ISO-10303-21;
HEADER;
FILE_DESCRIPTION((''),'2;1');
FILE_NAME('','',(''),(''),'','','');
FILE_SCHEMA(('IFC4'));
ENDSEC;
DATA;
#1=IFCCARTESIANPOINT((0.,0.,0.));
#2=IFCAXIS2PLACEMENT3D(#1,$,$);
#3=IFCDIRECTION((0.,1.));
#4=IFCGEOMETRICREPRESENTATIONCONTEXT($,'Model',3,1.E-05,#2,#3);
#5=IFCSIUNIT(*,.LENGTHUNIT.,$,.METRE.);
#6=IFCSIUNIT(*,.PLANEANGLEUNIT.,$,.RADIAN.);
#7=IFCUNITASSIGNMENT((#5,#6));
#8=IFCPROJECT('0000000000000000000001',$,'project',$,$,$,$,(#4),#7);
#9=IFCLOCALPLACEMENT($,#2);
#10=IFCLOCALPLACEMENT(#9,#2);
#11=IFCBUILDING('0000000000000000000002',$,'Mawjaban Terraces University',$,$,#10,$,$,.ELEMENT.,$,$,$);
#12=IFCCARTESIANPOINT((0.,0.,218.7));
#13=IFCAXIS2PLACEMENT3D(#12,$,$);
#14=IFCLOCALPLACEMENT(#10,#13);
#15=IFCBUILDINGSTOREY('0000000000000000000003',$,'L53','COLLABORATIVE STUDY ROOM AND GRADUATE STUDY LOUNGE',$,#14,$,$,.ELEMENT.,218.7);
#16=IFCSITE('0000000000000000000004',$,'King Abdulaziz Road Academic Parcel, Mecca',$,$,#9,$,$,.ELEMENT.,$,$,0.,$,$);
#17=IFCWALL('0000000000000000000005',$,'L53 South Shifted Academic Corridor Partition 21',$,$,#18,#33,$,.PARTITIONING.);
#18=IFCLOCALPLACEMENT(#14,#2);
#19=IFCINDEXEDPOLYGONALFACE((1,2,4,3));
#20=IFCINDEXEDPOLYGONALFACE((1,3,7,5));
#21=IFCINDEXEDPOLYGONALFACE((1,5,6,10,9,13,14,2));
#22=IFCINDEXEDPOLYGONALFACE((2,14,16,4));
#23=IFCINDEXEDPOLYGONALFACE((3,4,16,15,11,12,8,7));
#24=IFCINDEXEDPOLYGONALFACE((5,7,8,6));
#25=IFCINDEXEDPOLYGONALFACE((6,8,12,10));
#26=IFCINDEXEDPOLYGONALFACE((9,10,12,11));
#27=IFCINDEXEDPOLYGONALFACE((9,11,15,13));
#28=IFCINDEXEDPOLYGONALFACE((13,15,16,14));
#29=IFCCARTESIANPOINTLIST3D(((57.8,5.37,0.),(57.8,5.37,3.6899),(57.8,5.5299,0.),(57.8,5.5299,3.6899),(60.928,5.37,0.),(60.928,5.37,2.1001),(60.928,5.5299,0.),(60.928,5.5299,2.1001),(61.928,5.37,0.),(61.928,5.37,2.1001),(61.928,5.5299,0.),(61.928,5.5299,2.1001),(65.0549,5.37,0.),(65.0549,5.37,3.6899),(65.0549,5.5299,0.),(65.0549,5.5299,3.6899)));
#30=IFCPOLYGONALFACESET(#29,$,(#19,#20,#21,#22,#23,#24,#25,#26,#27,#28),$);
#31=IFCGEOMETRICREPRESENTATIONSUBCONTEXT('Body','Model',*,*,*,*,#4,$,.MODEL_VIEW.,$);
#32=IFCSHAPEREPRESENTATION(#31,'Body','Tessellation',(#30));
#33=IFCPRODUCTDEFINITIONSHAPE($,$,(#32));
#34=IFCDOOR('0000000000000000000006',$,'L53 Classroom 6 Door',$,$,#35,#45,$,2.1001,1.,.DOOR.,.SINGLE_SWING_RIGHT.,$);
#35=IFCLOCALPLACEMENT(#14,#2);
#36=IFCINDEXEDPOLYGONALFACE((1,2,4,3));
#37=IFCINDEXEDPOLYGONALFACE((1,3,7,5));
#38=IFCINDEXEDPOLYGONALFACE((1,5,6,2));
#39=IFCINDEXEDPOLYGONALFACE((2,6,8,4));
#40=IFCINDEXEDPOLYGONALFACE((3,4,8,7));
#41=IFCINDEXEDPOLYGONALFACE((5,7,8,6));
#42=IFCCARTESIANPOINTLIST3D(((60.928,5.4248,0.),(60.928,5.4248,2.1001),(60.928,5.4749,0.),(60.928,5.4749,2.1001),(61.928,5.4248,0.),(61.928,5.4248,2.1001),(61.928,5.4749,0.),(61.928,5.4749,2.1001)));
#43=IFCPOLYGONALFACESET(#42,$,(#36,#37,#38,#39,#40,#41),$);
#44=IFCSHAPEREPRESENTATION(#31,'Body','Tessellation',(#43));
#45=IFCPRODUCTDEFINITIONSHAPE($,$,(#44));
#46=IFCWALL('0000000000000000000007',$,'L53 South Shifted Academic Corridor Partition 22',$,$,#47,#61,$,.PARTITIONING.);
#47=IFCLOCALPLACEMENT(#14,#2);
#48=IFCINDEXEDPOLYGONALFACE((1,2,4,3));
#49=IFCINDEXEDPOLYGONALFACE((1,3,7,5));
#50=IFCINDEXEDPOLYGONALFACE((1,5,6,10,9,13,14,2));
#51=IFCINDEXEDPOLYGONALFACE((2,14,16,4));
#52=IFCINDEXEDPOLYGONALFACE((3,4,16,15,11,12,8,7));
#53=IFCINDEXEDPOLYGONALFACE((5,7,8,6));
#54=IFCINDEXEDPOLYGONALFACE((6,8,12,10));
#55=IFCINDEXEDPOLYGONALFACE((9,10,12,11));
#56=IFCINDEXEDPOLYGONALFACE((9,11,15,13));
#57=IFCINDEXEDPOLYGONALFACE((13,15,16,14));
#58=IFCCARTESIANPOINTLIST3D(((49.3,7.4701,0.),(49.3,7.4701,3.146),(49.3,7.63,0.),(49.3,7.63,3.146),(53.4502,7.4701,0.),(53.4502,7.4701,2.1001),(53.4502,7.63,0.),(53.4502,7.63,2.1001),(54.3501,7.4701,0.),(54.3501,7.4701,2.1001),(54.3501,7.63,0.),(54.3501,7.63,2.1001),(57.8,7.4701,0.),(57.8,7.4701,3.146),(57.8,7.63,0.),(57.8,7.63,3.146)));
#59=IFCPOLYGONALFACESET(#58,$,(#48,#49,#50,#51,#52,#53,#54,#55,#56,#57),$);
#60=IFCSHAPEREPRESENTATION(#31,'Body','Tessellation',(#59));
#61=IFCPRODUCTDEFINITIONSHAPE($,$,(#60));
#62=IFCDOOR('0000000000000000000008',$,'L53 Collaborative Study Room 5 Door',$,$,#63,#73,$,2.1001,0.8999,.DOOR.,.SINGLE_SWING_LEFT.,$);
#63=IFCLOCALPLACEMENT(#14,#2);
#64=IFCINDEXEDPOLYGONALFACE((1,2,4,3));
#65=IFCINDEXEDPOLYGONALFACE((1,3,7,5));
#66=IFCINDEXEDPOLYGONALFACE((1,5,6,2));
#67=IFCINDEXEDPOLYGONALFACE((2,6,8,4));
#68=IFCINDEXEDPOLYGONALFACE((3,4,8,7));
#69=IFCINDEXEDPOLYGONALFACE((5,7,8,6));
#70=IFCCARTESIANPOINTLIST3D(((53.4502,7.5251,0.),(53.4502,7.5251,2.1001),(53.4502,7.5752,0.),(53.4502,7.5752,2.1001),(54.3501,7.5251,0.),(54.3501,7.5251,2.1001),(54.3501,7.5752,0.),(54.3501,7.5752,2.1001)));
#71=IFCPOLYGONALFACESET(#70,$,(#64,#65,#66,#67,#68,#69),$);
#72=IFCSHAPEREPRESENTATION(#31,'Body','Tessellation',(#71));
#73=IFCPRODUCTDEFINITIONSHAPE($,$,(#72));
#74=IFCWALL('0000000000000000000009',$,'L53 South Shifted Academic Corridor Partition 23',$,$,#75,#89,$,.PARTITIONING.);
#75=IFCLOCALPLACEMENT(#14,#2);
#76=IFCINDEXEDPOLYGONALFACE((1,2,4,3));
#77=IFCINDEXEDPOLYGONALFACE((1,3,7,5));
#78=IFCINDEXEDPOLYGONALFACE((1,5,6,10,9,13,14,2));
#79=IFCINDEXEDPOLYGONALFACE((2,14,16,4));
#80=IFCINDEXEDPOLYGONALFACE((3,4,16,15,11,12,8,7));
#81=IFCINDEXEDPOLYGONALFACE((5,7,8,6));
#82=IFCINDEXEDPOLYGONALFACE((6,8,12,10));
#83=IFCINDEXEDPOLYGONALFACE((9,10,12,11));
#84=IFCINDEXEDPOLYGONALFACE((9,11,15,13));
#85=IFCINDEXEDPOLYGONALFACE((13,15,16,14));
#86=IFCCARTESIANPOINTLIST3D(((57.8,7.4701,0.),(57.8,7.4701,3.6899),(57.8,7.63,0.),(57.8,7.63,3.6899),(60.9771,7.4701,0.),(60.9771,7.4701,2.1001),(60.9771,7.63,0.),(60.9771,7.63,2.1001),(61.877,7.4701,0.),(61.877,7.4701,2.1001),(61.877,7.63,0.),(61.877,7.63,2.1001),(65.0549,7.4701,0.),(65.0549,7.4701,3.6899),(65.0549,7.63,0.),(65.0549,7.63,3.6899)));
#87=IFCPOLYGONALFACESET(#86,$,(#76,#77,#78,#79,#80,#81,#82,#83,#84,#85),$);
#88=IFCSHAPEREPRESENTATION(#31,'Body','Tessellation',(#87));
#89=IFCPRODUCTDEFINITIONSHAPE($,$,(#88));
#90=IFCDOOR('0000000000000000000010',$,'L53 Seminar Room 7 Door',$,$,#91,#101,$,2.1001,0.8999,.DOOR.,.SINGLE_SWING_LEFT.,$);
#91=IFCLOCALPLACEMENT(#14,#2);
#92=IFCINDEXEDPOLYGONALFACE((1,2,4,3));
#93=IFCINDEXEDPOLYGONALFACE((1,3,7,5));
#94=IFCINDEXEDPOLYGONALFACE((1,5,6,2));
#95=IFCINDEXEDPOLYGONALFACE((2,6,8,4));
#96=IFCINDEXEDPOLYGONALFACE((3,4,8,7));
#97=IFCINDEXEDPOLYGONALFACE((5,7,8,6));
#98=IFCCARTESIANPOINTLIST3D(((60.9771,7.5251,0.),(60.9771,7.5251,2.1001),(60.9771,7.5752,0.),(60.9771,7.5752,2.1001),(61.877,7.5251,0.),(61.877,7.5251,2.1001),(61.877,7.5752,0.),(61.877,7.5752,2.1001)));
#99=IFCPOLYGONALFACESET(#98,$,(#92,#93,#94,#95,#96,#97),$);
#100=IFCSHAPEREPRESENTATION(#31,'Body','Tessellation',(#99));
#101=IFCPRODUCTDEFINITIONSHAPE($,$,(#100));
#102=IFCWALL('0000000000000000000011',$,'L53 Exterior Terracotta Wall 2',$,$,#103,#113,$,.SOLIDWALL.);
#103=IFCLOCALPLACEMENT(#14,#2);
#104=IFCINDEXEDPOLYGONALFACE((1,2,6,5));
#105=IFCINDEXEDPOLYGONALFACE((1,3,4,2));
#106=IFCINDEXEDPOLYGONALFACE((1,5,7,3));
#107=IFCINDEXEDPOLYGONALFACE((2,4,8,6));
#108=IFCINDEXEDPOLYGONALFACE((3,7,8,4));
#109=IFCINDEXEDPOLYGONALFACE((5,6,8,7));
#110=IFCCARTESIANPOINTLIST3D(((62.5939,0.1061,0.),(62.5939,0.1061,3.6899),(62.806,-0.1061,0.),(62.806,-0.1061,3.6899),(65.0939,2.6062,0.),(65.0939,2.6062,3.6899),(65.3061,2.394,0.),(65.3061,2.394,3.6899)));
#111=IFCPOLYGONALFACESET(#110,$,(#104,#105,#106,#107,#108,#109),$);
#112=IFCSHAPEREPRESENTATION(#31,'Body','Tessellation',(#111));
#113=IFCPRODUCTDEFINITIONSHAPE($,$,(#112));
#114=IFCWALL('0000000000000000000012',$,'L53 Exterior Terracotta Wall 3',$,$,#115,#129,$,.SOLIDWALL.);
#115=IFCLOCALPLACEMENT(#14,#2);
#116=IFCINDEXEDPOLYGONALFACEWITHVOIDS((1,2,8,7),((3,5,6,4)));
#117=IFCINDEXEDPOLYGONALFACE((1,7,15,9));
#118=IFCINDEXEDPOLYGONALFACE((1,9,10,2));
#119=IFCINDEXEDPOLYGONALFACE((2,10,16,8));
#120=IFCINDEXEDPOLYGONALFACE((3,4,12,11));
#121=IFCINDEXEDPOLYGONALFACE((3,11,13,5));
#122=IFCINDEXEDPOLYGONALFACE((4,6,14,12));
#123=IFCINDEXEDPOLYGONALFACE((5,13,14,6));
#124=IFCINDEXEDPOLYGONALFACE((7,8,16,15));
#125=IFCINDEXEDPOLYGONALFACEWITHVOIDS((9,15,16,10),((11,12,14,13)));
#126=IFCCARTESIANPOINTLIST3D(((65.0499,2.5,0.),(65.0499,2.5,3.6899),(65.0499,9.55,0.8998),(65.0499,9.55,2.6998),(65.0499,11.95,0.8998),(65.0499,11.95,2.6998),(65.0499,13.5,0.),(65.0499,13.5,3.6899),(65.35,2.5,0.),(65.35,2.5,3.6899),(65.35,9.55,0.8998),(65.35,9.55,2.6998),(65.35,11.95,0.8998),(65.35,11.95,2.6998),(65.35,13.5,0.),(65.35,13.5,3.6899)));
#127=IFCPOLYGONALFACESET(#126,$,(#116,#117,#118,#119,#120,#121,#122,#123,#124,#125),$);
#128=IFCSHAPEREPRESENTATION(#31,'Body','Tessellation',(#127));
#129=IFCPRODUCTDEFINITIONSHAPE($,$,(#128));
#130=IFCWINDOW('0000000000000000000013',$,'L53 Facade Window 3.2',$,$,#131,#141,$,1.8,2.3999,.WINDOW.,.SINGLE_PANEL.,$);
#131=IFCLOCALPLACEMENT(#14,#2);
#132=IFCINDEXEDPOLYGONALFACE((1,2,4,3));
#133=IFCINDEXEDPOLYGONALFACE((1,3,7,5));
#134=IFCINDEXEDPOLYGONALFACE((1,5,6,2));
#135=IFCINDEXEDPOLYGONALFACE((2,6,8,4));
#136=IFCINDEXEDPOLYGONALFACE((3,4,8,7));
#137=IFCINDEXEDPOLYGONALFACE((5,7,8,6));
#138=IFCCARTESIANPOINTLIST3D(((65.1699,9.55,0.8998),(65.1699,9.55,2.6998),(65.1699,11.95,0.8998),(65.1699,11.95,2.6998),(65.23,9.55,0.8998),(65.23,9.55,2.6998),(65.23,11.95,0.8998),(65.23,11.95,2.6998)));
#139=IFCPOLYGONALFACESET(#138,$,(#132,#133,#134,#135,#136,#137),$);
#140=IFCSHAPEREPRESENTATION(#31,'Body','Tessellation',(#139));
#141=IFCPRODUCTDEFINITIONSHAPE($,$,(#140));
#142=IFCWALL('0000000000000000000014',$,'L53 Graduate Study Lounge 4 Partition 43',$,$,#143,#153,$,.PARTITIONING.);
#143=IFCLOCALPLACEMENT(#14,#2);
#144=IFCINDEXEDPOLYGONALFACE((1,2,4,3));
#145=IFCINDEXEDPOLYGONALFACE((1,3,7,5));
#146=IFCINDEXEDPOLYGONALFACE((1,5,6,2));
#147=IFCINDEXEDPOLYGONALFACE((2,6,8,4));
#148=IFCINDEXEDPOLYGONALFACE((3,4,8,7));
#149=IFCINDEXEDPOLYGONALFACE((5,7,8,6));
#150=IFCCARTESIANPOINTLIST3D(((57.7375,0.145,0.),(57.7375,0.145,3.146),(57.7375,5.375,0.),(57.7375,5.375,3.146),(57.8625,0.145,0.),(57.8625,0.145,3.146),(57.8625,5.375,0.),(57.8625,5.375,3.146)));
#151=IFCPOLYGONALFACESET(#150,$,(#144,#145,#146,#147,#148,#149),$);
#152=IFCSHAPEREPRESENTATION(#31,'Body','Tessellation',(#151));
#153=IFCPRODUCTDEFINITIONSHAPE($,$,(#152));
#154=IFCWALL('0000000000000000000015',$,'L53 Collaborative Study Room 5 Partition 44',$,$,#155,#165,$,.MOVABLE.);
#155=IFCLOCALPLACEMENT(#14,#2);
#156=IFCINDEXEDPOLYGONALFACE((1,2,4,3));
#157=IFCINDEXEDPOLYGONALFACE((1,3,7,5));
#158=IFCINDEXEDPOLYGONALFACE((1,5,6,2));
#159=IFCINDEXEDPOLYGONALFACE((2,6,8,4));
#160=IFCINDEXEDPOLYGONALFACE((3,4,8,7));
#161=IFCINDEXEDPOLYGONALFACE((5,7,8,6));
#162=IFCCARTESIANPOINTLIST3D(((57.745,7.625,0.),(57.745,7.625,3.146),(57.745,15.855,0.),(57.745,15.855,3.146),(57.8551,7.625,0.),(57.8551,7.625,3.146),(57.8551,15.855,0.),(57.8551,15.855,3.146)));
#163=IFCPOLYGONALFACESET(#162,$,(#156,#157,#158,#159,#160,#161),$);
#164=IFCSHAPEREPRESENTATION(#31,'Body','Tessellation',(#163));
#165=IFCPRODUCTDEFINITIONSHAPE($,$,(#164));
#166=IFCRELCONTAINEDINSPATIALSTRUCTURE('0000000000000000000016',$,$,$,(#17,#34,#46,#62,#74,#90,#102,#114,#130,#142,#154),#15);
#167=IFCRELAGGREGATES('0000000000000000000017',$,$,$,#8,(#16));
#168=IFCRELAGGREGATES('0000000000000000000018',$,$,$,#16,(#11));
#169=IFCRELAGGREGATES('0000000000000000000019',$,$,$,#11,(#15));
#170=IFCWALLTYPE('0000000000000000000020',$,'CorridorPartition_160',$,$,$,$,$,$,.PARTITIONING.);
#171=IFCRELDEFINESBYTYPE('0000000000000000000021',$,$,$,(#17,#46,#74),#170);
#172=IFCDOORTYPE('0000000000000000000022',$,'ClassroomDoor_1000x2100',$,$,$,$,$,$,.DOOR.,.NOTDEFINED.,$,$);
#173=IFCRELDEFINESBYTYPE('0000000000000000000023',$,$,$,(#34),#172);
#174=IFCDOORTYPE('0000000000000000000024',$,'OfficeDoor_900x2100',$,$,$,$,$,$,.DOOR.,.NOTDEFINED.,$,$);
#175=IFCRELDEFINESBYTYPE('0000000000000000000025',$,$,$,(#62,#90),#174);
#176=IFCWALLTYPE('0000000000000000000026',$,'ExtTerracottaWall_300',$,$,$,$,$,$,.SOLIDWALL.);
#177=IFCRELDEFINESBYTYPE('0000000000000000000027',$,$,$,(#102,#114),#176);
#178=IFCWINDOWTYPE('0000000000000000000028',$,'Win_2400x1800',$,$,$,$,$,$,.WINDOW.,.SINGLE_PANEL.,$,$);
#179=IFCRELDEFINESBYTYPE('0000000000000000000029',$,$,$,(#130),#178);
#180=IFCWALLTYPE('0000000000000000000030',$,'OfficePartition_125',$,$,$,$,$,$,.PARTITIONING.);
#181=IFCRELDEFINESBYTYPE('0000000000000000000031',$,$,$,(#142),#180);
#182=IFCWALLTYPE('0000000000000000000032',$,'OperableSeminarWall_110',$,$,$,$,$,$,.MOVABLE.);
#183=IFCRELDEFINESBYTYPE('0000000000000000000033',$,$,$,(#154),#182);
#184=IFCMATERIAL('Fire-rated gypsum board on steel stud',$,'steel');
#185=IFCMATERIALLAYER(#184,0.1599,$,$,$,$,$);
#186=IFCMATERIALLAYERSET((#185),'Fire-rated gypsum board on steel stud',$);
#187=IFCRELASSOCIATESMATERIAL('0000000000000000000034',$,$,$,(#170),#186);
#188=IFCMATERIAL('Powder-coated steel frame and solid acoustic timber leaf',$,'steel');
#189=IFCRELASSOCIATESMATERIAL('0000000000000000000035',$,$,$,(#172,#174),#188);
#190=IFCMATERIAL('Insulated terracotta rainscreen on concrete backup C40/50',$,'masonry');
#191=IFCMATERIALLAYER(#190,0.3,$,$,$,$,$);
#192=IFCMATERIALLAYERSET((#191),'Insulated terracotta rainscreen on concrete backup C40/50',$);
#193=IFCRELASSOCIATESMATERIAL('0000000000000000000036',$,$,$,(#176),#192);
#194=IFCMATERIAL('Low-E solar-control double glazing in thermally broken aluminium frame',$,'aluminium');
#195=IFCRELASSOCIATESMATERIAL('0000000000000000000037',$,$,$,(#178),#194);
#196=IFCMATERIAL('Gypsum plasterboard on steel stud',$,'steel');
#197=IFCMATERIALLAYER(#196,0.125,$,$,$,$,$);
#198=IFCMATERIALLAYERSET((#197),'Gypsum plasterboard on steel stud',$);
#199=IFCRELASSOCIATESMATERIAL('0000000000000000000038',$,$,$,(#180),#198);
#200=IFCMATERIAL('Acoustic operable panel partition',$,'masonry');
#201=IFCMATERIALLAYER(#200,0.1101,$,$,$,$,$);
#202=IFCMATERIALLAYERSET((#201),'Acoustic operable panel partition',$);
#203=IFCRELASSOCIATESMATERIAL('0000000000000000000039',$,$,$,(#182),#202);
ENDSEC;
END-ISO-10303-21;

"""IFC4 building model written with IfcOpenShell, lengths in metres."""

from ifc_helpers import new_model, si_unit, direction, frame, frame_2d, origin, place, context, subcontext, project, spatial, rectangle, extrude, material, layer, layer_set, type_object, element, fill, save


model = new_model("IFC4")

# Units and contexts
model_context = context("Model", 3, precision=1e-05, world=origin(), true_north=direction((0.0, 1.0)))
body_context = subcontext(model_context, "Body", "Model", "MODEL_VIEW")
ifc_project = project(units=[si_unit("LENGTHUNIT", "METRE"), si_unit("PLANEANGLEUNIT", "RADIAN")], contexts=[model_context])

# Site, building, storey
site_placement = place(None, origin())
site = spatial("IfcSite", under=ifc_project, at=site_placement, Name="King Abdulaziz Road Academic Parcel, Mecca", CompositionType="ELEMENT", RefElevation=0.0)
building_placement = place(site_placement, origin())
building = spatial("IfcBuilding", under=site, at=building_placement, Name="Mawjaban Terraces University", CompositionType="ELEMENT")
storey_placement = place(building_placement, frame((0.0, 0.0, 218.7)))
storey = spatial("IfcBuildingStorey", under=building, at=storey_placement, Name="L53", Description="COLLABORATIVE STUDY ROOM AND GRADUATE STUDY LOUNGE", CompositionType="ELEMENT", Elevation=218.7)

# Walls, openings, doors
ifc_material_1 = material(Name="Fire-rated gypsum board on steel stud", Category="steel")
ifc_layer_1 = layer(ifc_material_1, 0.1599)
ifc_layer_set_1 = layer_set([ifc_layer_1], Name="Fire-rated gypsum board on steel stud")
wall_type_1 = type_object("IfcWallType", Name="CorridorPartition_160", PredefinedType="PARTITIONING", material=ifc_layer_set_1)
wall_1_placement = place(storey_placement, frame((57.8, 5.45, 0.0), z_axis=(0.0, 0.0, 1.0), x_axis=(1.0, 0.0, 0.0)))
wall_1 = element("IfcWall", 1, at=wall_1_placement, inside=storey, type_object=wall_type_1, Name="L53 South Shifted Academic Corridor Partition 21", PredefinedType="PARTITIONING", context=body_context, shape_type="SweptSolid", body=[
    extrude(rectangle(XDim=7.2549, YDim=0.1599, at=frame_2d((3.6274, 0.0))), origin(), (0.0, 0.0, 1.0), 3.6899),
])
opening_1_placement = place(wall_1_placement, frame((3.1279, 0.0, 0.0)))
opening_1 = element("IfcOpeningElement", 2, at=opening_1_placement, cuts=wall_1, PredefinedType="OPENING", context=body_context, shape_type="SweptSolid", body=[
    extrude(rectangle(XDim=1.0, YDim=2.1001, at=frame_2d((0.5, 1.05))), frame((0.0, 0.0898, 0.0), z_axis=(0.0, -1.0, 0.0), x_axis=(1.0, 0.0, 0.0)), (0.0, 0.0, 1.0), 0.1799),
])
ifc_material_2 = material(Name="Powder-coated steel frame and solid acoustic timber leaf", Category="steel")
door_type_1 = type_object("IfcDoorType", Name="ClassroomDoor_1000x2100", OperationType="NOTDEFINED", PredefinedType="DOOR", material=ifc_material_2)
door_1_placement = place(opening_1_placement, origin())
door_1 = element("IfcDoor", 3, at=door_1_placement, inside=storey, type_object=door_type_1, Name="L53 Classroom 6 Door", OperationType="SINGLE_SWING_RIGHT", OverallHeight=2.1001, OverallWidth=1.0, PredefinedType="DOOR", context=body_context, shape_type="SweptSolid", body=[
    extrude(rectangle(XDim=1.0, YDim=2.1001, at=frame_2d((0.5, 1.05))), frame((0.0, 0.0249, 0.0), z_axis=(0.0, -1.0, 0.0), x_axis=(1.0, 0.0, 0.0)), (0.0, 0.0, 1.0), 0.05),
])
fill(opening_1, door_1)
wall_2_placement = place(storey_placement, frame((57.8, 7.55, 0.0), z_axis=(0.0, 0.0, 1.0), x_axis=(-1.0, 0.0, 0.0)))
wall_2 = element("IfcWall", 4, at=wall_2_placement, inside=storey, type_object=wall_type_1, Name="L53 South Shifted Academic Corridor Partition 22", PredefinedType="PARTITIONING", context=body_context, shape_type="SweptSolid", body=[
    extrude(rectangle(XDim=8.5, YDim=0.1599, at=frame_2d((4.25, 0.0))), origin(), (0.0, 0.0, 1.0), 3.146),
])
opening_2_placement = place(wall_2_placement, frame((3.45, 0.0, 0.0)))
opening_2 = element("IfcOpeningElement", 5, at=opening_2_placement, cuts=wall_2, PredefinedType="OPENING", context=body_context, shape_type="SweptSolid", body=[
    extrude(rectangle(XDim=0.8999, YDim=2.1001, at=frame_2d((0.45, 1.05))), frame((0.0, 0.0898, 0.0), z_axis=(0.0, -1.0, 0.0), x_axis=(1.0, 0.0, 0.0)), (0.0, 0.0, 1.0), 0.1799),
])
door_type_2 = type_object("IfcDoorType", Name="OfficeDoor_900x2100", OperationType="NOTDEFINED", PredefinedType="DOOR", material=ifc_material_2)
door_2_placement = place(opening_2_placement, origin())
door_2 = element("IfcDoor", 6, at=door_2_placement, inside=storey, type_object=door_type_2, Name="L53 Collaborative Study Room 5 Door", OperationType="SINGLE_SWING_LEFT", OverallHeight=2.1001, OverallWidth=0.8999, PredefinedType="DOOR", context=body_context, shape_type="SweptSolid", body=[
    extrude(rectangle(XDim=0.8999, YDim=2.1001, at=frame_2d((0.45, 1.05))), frame((0.0, 0.0249, 0.0), z_axis=(0.0, -1.0, 0.0), x_axis=(1.0, 0.0, 0.0)), (0.0, 0.0, 1.0), 0.05),
])
fill(opening_2, door_2)
wall_3_placement = place(storey_placement, frame((65.0549, 7.55, 0.0), z_axis=(0.0, 0.0, 1.0), x_axis=(-1.0, 0.0, 0.0)))
wall_3 = element("IfcWall", 7, at=wall_3_placement, inside=storey, type_object=wall_type_1, Name="L53 South Shifted Academic Corridor Partition 23", PredefinedType="PARTITIONING", context=body_context, shape_type="SweptSolid", body=[
    extrude(rectangle(XDim=7.2549, YDim=0.1599, at=frame_2d((3.6274, 0.0))), origin(), (0.0, 0.0, 1.0), 3.6899),
])
opening_3_placement = place(wall_3_placement, frame((3.178, 0.0, 0.0)))
opening_3 = element("IfcOpeningElement", 8, at=opening_3_placement, cuts=wall_3, PredefinedType="OPENING", context=body_context, shape_type="SweptSolid", body=[
    extrude(rectangle(XDim=0.8999, YDim=2.1001, at=frame_2d((0.45, 1.05))), frame((0.0, 0.0898, 0.0), z_axis=(0.0, -1.0, 0.0), x_axis=(1.0, 0.0, 0.0)), (0.0, 0.0, 1.0), 0.1799),
])
door_3_placement = place(opening_3_placement, origin())
door_3 = element("IfcDoor", 9, at=door_3_placement, inside=storey, type_object=door_type_2, Name="L53 Seminar Room 7 Door", OperationType="SINGLE_SWING_LEFT", OverallHeight=2.1001, OverallWidth=0.8999, PredefinedType="DOOR", context=body_context, shape_type="SweptSolid", body=[
    extrude(rectangle(XDim=0.8999, YDim=2.1001, at=frame_2d((0.45, 1.05))), frame((0.0, 0.0249, 0.0), z_axis=(0.0, -1.0, 0.0), x_axis=(1.0, 0.0, 0.0)), (0.0, 0.0, 1.0), 0.05),
])
fill(opening_3, door_3)

# Wall
ifc_material_3 = material(Name="Insulated terracotta rainscreen on concrete backup C40/50", Category="masonry")
ifc_layer_2 = layer(ifc_material_3, 0.3)
ifc_layer_set_2 = layer_set([ifc_layer_2], Name="Insulated terracotta rainscreen on concrete backup C40/50")
wall_type_2 = type_object("IfcWallType", Name="ExtTerracottaWall_300", PredefinedType="SOLIDWALL", material=ifc_layer_set_2)
wall_4_placement = place(storey_placement, frame((62.7, 0.0, 0.0), z_axis=(0.0, 0.0, 1.0), x_axis=(0.707107, 0.707107, 0.0)))
element("IfcWall", 10, at=wall_4_placement, inside=storey, type_object=wall_type_2, Name="L53 Exterior Terracotta Wall 2", PredefinedType="SOLIDWALL", context=body_context, shape_type="SweptSolid", body=[
    extrude(rectangle(XDim=3.5356, YDim=0.3, at=frame_2d((1.7678, 0.0))), origin(), (0.0, 0.0, 1.0), 3.6899),
])

# Wall, opening, window
wall_5_placement = place(storey_placement, frame((65.2, 2.5, 0.0), z_axis=(0.0, 0.0, 1.0), x_axis=(0.0, 1.0, 0.0)))
wall_5 = element("IfcWall", 11, at=wall_5_placement, inside=storey, type_object=wall_type_2, Name="L53 Exterior Terracotta Wall 3", PredefinedType="SOLIDWALL", context=body_context, shape_type="SweptSolid", body=[
    extrude(rectangle(XDim=11.0, YDim=0.3, at=frame_2d((5.5, 0.0))), origin(), (0.0, 0.0, 1.0), 3.6899),
])
opening_4_placement = place(wall_5_placement, frame((7.05, 0.0, 0.8999)))
opening_4 = element("IfcOpeningElement", 12, at=opening_4_placement, cuts=wall_5, PredefinedType="OPENING", context=body_context, shape_type="SweptSolid", body=[
    extrude(rectangle(XDim=2.3999, YDim=1.8, at=frame_2d((1.2, 0.8999))), frame((0.0, 0.1599, 0.0), z_axis=(0.0, -1.0, 0.0), x_axis=(1.0, 0.0, 0.0)), (0.0, 0.0, 1.0), 0.3201),
])
ifc_material_4 = material(Name="Low-E solar-control double glazing in thermally broken aluminium frame", Category="aluminium")
window_type = type_object("IfcWindowType", Name="Win_2400x1800", PartitioningType="SINGLE_PANEL", PredefinedType="WINDOW", material=ifc_material_4)
window_placement = place(opening_4_placement, origin())
window = element("IfcWindow", 13, at=window_placement, inside=storey, type_object=window_type, Name="L53 Facade Window 3.2", OverallHeight=1.8, OverallWidth=2.3999, PartitioningType="SINGLE_PANEL", PredefinedType="WINDOW", context=body_context, shape_type="SweptSolid", body=[
    extrude(rectangle(XDim=2.3999, YDim=1.8, at=frame_2d((1.2, 0.8999))), frame((0.0, 0.03, 0.0), z_axis=(0.0, -1.0, 0.0), x_axis=(1.0, 0.0, 0.0)), (0.0, 0.0, 1.0), 0.0601),
])
fill(opening_4, window)

# Walls
ifc_material_5 = material(Name="Gypsum plasterboard on steel stud", Category="steel")
ifc_layer_3 = layer(ifc_material_5, 0.125)
ifc_layer_set_3 = layer_set([ifc_layer_3], Name="Gypsum plasterboard on steel stud")
wall_type_3 = type_object("IfcWallType", Name="OfficePartition_125", PredefinedType="PARTITIONING", material=ifc_layer_set_3)
wall_6_placement = place(storey_placement, frame((57.8, 0.145, 0.0), z_axis=(0.0, 0.0, 1.0), x_axis=(0.0, 1.0, 0.0)))
element("IfcWall", 14, at=wall_6_placement, inside=storey, type_object=wall_type_3, Name="L53 Graduate Study Lounge 4 Partition 43", PredefinedType="PARTITIONING", context=body_context, shape_type="SweptSolid", body=[
    extrude(rectangle(XDim=5.23, YDim=0.125, at=frame_2d((2.615, 0.0))), origin(), (0.0, 0.0, 1.0), 3.146),
])
ifc_material_6 = material(Name="Acoustic operable panel partition", Category="masonry")
ifc_layer_4 = layer(ifc_material_6, 0.1101)
ifc_layer_set_4 = layer_set([ifc_layer_4], Name="Acoustic operable panel partition")
wall_type_4 = type_object("IfcWallType", Name="OperableSeminarWall_110", PredefinedType="MOVABLE", material=ifc_layer_set_4)
wall_7_placement = place(storey_placement, frame((57.8, 7.625, 0.0), z_axis=(0.0, 0.0, 1.0), x_axis=(0.0, 1.0, 0.0)))
element("IfcWall", 15, at=wall_7_placement, inside=storey, type_object=wall_type_4, Name="L53 Collaborative Study Room 5 Partition 44", PredefinedType="MOVABLE", context=body_context, shape_type="SweptSolid", body=[
    extrude(rectangle(XDim=8.23, YDim=0.1101, at=frame_2d((4.115, 0.0))), origin(), (0.0, 0.0, 1.0), 3.146),
])

save(model, "model.ifc")
